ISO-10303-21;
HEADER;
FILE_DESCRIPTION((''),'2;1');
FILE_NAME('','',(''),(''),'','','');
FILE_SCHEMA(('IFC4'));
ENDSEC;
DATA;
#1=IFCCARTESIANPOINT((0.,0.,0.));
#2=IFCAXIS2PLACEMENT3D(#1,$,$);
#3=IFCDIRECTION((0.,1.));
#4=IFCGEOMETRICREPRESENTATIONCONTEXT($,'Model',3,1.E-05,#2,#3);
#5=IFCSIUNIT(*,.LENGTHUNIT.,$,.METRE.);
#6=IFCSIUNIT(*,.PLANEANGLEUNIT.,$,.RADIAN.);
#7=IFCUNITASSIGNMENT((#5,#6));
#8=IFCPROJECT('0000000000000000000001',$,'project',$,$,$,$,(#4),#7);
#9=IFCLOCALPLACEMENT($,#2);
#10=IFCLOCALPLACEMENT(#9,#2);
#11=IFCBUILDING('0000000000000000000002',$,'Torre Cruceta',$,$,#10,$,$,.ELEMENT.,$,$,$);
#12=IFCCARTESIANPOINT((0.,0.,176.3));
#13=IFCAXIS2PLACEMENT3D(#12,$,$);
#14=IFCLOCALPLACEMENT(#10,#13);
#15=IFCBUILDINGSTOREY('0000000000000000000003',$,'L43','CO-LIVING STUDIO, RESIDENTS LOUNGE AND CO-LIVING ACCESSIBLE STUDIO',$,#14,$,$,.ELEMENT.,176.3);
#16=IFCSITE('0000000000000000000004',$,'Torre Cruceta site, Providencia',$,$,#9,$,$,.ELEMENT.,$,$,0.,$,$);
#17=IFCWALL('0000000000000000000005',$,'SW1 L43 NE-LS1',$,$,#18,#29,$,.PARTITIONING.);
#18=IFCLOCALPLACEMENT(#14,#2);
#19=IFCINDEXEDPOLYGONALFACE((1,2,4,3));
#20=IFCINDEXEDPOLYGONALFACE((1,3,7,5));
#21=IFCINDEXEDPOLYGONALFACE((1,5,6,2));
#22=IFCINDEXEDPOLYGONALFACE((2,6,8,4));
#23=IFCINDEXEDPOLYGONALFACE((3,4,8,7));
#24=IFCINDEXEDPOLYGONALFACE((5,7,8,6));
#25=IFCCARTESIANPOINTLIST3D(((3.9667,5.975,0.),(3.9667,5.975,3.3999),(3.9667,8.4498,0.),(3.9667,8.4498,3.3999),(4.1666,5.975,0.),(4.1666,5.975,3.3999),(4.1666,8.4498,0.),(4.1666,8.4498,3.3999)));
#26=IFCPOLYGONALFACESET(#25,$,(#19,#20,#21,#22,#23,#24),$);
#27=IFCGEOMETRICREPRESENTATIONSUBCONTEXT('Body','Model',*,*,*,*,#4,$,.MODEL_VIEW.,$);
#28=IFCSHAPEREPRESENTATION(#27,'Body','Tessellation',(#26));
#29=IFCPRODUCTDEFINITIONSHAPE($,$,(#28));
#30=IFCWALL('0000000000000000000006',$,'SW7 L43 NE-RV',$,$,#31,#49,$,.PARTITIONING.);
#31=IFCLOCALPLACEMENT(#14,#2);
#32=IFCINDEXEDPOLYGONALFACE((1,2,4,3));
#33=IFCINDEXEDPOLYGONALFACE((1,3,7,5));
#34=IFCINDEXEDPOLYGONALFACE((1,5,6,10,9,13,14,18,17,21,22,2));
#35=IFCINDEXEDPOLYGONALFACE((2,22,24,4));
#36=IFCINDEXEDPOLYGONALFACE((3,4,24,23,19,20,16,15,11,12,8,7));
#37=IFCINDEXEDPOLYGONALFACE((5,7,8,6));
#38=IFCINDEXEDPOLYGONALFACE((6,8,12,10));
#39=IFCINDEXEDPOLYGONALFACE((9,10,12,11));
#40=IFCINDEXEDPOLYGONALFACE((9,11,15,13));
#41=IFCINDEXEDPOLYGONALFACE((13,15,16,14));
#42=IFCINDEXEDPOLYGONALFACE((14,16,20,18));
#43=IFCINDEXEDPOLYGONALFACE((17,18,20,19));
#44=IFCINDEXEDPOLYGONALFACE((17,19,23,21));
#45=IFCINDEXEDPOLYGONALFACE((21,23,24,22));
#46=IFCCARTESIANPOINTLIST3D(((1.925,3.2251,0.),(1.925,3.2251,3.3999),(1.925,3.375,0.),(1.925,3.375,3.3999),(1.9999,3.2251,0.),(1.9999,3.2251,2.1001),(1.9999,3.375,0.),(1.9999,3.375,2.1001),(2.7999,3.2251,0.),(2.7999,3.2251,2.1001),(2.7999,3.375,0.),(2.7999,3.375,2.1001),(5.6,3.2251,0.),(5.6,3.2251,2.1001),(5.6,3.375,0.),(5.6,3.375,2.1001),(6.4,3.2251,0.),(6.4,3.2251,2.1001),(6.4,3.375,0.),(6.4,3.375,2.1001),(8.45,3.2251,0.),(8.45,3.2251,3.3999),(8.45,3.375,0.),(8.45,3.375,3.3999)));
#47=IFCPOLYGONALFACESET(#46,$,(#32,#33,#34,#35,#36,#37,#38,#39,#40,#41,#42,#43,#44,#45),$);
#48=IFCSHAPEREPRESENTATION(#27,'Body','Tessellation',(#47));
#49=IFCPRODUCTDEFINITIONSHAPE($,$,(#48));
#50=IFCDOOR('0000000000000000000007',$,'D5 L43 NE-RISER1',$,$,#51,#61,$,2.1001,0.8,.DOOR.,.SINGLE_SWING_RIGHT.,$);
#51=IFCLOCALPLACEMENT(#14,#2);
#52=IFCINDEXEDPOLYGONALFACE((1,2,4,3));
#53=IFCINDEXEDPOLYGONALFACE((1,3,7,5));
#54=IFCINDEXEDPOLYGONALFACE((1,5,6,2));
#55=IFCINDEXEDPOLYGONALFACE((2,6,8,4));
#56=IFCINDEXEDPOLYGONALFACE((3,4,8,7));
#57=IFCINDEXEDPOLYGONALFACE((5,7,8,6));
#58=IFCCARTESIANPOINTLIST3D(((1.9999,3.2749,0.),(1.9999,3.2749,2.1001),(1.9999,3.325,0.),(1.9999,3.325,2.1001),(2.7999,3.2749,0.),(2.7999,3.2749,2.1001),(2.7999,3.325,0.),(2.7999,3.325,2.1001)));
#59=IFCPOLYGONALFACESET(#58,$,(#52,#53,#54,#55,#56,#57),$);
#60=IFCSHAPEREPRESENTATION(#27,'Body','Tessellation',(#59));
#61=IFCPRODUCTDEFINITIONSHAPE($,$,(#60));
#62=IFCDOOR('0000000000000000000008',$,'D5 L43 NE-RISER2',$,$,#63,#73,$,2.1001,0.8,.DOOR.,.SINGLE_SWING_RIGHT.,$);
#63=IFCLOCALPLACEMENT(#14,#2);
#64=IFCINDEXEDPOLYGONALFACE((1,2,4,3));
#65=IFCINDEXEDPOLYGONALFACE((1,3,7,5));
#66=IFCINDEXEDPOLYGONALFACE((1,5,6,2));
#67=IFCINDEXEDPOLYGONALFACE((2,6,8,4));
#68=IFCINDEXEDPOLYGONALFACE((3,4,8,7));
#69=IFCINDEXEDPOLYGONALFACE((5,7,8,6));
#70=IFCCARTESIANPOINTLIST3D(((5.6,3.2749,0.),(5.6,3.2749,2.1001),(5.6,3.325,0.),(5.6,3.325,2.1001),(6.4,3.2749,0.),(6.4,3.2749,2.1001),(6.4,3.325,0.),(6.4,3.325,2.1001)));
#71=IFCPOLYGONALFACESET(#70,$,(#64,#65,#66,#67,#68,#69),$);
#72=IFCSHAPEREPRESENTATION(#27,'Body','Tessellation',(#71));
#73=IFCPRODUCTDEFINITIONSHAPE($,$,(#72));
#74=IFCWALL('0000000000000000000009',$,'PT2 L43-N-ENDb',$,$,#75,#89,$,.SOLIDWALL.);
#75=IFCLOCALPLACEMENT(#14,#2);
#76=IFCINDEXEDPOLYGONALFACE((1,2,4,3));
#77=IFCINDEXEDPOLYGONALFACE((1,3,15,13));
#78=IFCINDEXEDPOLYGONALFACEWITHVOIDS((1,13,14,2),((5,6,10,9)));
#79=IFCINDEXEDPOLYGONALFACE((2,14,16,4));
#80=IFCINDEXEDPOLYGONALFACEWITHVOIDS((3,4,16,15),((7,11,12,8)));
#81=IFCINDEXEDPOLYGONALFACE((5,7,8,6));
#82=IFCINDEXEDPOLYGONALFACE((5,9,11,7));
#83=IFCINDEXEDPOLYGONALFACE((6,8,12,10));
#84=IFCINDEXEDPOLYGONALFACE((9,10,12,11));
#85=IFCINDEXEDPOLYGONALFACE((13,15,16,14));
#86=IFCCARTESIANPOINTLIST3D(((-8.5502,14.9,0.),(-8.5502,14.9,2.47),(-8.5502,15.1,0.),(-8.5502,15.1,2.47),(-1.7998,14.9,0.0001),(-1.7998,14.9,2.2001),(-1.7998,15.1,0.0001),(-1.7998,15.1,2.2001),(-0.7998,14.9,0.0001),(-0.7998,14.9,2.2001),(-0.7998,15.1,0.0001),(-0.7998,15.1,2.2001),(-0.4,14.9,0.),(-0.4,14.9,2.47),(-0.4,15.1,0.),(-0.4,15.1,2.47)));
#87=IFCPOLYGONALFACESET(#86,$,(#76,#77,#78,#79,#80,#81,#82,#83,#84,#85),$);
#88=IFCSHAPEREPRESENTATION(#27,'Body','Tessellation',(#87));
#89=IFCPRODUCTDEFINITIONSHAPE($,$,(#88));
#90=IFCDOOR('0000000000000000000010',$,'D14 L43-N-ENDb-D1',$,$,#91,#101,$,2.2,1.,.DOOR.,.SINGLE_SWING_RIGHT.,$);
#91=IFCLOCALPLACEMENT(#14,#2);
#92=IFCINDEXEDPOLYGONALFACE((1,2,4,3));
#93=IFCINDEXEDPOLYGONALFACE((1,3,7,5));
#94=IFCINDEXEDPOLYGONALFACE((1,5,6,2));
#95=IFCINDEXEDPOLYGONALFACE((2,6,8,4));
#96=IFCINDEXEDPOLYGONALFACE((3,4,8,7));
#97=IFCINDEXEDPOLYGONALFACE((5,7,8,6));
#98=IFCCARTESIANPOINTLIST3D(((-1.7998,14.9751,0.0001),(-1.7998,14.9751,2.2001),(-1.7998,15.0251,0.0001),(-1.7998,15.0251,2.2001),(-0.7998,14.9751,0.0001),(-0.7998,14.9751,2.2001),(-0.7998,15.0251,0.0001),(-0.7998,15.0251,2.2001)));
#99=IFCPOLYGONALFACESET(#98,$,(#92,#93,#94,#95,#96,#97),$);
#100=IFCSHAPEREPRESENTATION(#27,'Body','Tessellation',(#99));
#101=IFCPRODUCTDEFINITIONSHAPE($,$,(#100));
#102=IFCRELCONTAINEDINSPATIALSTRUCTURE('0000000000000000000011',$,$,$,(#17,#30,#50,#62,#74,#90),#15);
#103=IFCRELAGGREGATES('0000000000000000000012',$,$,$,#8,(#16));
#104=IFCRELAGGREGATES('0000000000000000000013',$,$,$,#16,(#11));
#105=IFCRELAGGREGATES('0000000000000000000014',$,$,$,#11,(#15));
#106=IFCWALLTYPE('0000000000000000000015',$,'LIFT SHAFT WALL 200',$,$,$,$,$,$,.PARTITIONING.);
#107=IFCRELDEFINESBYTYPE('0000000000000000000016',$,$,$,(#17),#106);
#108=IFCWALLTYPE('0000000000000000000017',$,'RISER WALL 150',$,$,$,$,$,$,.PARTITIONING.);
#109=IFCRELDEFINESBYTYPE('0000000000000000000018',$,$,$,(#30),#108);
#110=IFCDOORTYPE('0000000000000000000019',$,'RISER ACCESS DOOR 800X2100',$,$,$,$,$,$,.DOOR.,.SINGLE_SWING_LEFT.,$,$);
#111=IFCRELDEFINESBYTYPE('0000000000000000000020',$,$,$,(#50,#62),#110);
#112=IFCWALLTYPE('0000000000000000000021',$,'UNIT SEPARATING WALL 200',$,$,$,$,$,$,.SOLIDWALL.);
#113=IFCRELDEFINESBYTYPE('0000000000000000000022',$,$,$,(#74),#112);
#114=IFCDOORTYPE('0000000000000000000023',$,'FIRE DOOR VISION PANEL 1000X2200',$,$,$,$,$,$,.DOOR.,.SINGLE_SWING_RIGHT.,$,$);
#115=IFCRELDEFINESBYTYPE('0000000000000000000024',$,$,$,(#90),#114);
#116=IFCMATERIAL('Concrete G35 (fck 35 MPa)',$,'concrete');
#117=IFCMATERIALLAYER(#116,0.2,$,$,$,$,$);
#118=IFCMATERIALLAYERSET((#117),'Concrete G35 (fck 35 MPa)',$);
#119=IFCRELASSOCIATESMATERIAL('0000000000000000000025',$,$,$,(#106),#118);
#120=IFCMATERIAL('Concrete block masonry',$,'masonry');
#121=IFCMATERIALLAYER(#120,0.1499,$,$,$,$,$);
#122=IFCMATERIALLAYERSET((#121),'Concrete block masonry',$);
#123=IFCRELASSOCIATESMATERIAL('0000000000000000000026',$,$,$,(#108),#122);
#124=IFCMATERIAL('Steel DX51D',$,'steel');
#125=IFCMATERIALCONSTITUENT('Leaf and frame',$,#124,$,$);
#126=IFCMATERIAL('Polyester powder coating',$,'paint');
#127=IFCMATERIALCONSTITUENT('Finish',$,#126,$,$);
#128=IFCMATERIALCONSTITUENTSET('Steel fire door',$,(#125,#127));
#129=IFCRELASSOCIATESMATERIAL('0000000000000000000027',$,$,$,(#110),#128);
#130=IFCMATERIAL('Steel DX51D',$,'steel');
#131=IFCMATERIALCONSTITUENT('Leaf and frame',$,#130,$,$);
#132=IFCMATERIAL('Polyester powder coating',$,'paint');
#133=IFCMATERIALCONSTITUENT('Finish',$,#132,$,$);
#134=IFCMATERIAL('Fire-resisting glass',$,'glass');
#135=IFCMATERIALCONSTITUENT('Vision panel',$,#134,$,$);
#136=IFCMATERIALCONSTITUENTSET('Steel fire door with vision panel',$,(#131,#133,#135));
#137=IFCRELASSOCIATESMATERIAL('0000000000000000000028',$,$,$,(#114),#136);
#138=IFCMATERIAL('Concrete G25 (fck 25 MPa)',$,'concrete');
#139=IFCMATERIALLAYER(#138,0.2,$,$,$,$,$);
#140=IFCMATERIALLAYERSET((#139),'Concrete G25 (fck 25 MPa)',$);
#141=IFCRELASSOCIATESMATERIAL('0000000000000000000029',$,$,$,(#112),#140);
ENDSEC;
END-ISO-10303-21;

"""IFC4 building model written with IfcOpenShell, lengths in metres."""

from ifc_helpers import new_model, si_unit, direction, frame, frame_2d, origin, place, context, subcontext, project, spatial, rectangle, extrude, material, layer, layer_set, constituent, constituent_set, type_object, element, fill, save


model = new_model("IFC4")

# Units and contexts
model_context = context("Model", 3, precision=1e-05, world=origin(), true_north=direction((0.0, 1.0)))
body_context = subcontext(model_context, "Body", "Model", "MODEL_VIEW")
ifc_project = project(units=[si_unit("LENGTHUNIT", "METRE"), si_unit("PLANEANGLEUNIT", "RADIAN")], contexts=[model_context])

# Site, building, storey
site_placement = place(None, origin())
site = spatial("IfcSite", under=ifc_project, at=site_placement, Name="Torre Cruceta site, Providencia", CompositionType="ELEMENT", RefElevation=0.0)
building_placement = place(site_placement, origin())
building = spatial("IfcBuilding", under=site, at=building_placement, Name="Torre Cruceta", CompositionType="ELEMENT")
storey_placement = place(building_placement, frame((0.0, 0.0, 176.3)))
storey = spatial("IfcBuildingStorey", under=building, at=storey_placement, Name="L43", Description="CO-LIVING STUDIO, RESIDENTS LOUNGE AND CO-LIVING ACCESSIBLE STUDIO", CompositionType="ELEMENT", Elevation=176.3)

# Wall
ifc_material_1 = material(Name="Concrete G35 (fck 35 MPa)", Category="concrete")
ifc_layer_1 = layer(ifc_material_1, 0.2)
ifc_layer_set_1 = layer_set([ifc_layer_1], Name="Concrete G35 (fck 35 MPa)")
wall_type_1 = type_object("IfcWallType", Name="LIFT SHAFT WALL 200", PredefinedType="PARTITIONING", material=ifc_layer_set_1)
wall_1_placement = place(storey_placement, frame((4.0667, 5.9751, 0.0), z_axis=(0.0, 0.0, 1.0), x_axis=(0.0, 1.0, 0.0)))
element("IfcWall", 1, at=wall_1_placement, inside=storey, type_object=wall_type_1, Name="SW1 L43 NE-LS1", PredefinedType="PARTITIONING", context=body_context, shape_type="SweptSolid", body=[
    extrude(rectangle(XDim=2.4749, YDim=0.2, at=frame_2d((1.2373, 0.0))), origin(), (0.0, 0.0, 1.0), 3.3999),
])

# Wall, openings, doors
ifc_material_2 = material(Name="Concrete block masonry", Category="masonry")
ifc_layer_2 = layer(ifc_material_2, 0.1499)
ifc_layer_set_2 = layer_set([ifc_layer_2], Name="Concrete block masonry")
wall_type_2 = type_object("IfcWallType", Name="RISER WALL 150", PredefinedType="PARTITIONING", material=ifc_layer_set_2)
wall_2_placement = place(storey_placement, frame((1.925, 3.3, 0.0), z_axis=(0.0, 0.0, 1.0), x_axis=(1.0, 0.0, 0.0)))
wall_2 = element("IfcWall", 2, at=wall_2_placement, inside=storey, type_object=wall_type_2, Name="SW7 L43 NE-RV", PredefinedType="PARTITIONING", context=body_context, shape_type="SweptSolid", body=[
    extrude(rectangle(XDim=6.5249, YDim=0.1499, at=frame_2d((3.2625, 0.0))), origin(), (0.0, 0.0, 1.0), 3.3999),
])
opening_1_placement = place(wall_2_placement, frame((0.075, 0.0, 0.0)))
opening_1 = element("IfcOpeningElement", 3, at=opening_1_placement, cuts=wall_2, PredefinedType="OPENING", context=body_context, shape_type="SweptSolid", body=[
    extrude(rectangle(XDim=0.8, YDim=2.1001, at=frame_2d((0.3999, 1.05))), frame((0.0, 0.085, 0.0), z_axis=(0.0, -1.0, 0.0), x_axis=(1.0, 0.0, 0.0)), (0.0, 0.0, 1.0), 0.1699),
])
opening_2_placement = place(wall_2_placement, frame((3.675, 0.0, 0.0)))
opening_2 = element("IfcOpeningElement", 4, at=opening_2_placement, cuts=wall_2, PredefinedType="OPENING", context=body_context, shape_type="SweptSolid", body=[
    extrude(rectangle(XDim=0.8, YDim=2.1001, at=frame_2d((0.3999, 1.05))), frame((0.0, 0.085, 0.0), z_axis=(0.0, -1.0, 0.0), x_axis=(1.0, 0.0, 0.0)), (0.0, 0.0, 1.0), 0.1699),
])
ifc_material_3 = material(Name="Steel DX51D", Category="steel")
ifc_constituent_1 = constituent(ifc_material_3, Name="Leaf and frame")
ifc_material_4 = material(Name="Polyester powder coating", Category="paint")
ifc_constituent_2 = constituent(ifc_material_4, Name="Finish")
ifc_constituent_set_1 = constituent_set(constituents=[ifc_constituent_1, ifc_constituent_2], Name="Steel fire door")
door_type_1 = type_object("IfcDoorType", Name="RISER ACCESS DOOR 800X2100", OperationType="SINGLE_SWING_LEFT", PredefinedType="DOOR", material=ifc_constituent_set_1)
door_1_placement = place(opening_1_placement, frame((0.8, 0.0, 0.0), z_axis=(0.0, 0.0, 1.0), x_axis=(-1.0, 0.0, 0.0)))
door_1 = element("IfcDoor", 5, at=door_1_placement, inside=storey, type_object=door_type_1, Name="D5 L43 NE-RISER1", OperationType="SINGLE_SWING_RIGHT", OverallHeight=2.1001, OverallWidth=0.8, PredefinedType="DOOR", context=body_context, shape_type="SweptSolid", body=[
    extrude(rectangle(XDim=0.8, YDim=2.1001, at=frame_2d((0.4001, 1.05))), frame((0.0, 0.0251, 0.0), z_axis=(0.0, -1.0, 0.0), x_axis=(1.0, 0.0, 0.0)), (0.0, 0.0, 1.0), 0.05),
])
fill(opening_1, door_1)
door_2_placement = place(opening_2_placement, frame((0.8, 0.0, 0.0), z_axis=(0.0, 0.0, 1.0), x_axis=(-1.0, 0.0, 0.0)))
door_2 = element("IfcDoor", 6, at=door_2_placement, inside=storey, type_object=door_type_1, Name="D5 L43 NE-RISER2", OperationType="SINGLE_SWING_RIGHT", OverallHeight=2.1001, OverallWidth=0.8, PredefinedType="DOOR", context=body_context, shape_type="SweptSolid", body=[
    extrude(rectangle(XDim=0.8, YDim=2.1001, at=frame_2d((0.4001, 1.05))), frame((0.0, 0.0251, 0.0), z_axis=(0.0, -1.0, 0.0), x_axis=(1.0, 0.0, 0.0)), (0.0, 0.0, 1.0), 0.05),
])
fill(opening_2, door_2)
ifc_material_5 = material(Name="Steel DX51D", Category="steel")
ifc_constituent_3 = constituent(ifc_material_5, Name="Leaf and frame")
ifc_material_6 = material(Name="Polyester powder coating", Category="paint")
ifc_constituent_4 = constituent(ifc_material_6, Name="Finish")
ifc_material_7 = material(Name="Fire-resisting glass", Category="glass")
ifc_constituent_5 = constituent(ifc_material_7, Name="Vision panel")
ifc_constituent_set_2 = constituent_set(constituents=[ifc_constituent_3, ifc_constituent_4, ifc_constituent_5], Name="Steel fire door with vision panel")
door_type_2 = type_object("IfcDoorType", Name="FIRE DOOR VISION PANEL 1000X2200", OperationType="SINGLE_SWING_RIGHT", PredefinedType="DOOR", material=ifc_constituent_set_2)

# Wall, opening, door
ifc_material_8 = material(Name="Concrete G25 (fck 25 MPa)", Category="concrete")
ifc_layer_3 = layer(ifc_material_8, 0.2)
ifc_layer_set_3 = layer_set([ifc_layer_3], Name="Concrete G25 (fck 25 MPa)")
wall_type_3 = type_object("IfcWallType", Name="UNIT SEPARATING WALL 200", PredefinedType="SOLIDWALL", material=ifc_layer_set_3)
wall_3_placement = place(storey_placement, frame((-0.3999, 15.0, 0.0), z_axis=(0.0, 0.0, 1.0), x_axis=(-1.0, 0.0, 0.0)))
wall_3 = element("IfcWall", 7, at=wall_3_placement, inside=storey, type_object=wall_type_3, Name="PT2 L43-N-ENDb", PredefinedType="SOLIDWALL", context=body_context, shape_type="SweptSolid", body=[
    extrude(rectangle(XDim=8.1501, YDim=0.2, at=frame_2d((4.0752, 0.0))), origin(), (0.0, 0.0, 1.0), 2.47),
])
opening_3_placement = place(wall_3_placement, frame((0.3999, 0.0, 0.0)))
opening_3 = element("IfcOpeningElement", 8, at=opening_3_placement, cuts=wall_3, PredefinedType="OPENING", context=body_context, shape_type="SweptSolid", body=[
    extrude(rectangle(XDim=1.0, YDim=2.2, at=frame_2d((0.5, 1.1001))), frame((0.0, 0.1099, 0.0), z_axis=(0.0, -1.0, 0.0), x_axis=(1.0, 0.0, 0.0)), (0.0, 0.0, 1.0), 0.22),
])
door_3_placement = place(opening_3_placement, frame((1.0, 0.0, 0.0), z_axis=(0.0, 0.0, 1.0), x_axis=(-1.0, 0.0, 0.0)))
door_3 = element("IfcDoor", 9, at=door_3_placement, inside=storey, type_object=door_type_2, Name="D14 L43-N-ENDb-D1", OperationType="SINGLE_SWING_RIGHT", OverallHeight=2.2, OverallWidth=1.0, PredefinedType="DOOR", context=body_context, shape_type="SweptSolid", body=[
    extrude(rectangle(XDim=1.0, YDim=2.2, at=frame_2d((0.5, 1.1001))), frame((0.0, 0.0251, 0.0), z_axis=(0.0, -1.0, 0.0), x_axis=(1.0, 0.0, 0.0)), (0.0, 0.0, 1.0), 0.05),
])
fill(opening_3, door_3)

save(model, "model.ifc")
